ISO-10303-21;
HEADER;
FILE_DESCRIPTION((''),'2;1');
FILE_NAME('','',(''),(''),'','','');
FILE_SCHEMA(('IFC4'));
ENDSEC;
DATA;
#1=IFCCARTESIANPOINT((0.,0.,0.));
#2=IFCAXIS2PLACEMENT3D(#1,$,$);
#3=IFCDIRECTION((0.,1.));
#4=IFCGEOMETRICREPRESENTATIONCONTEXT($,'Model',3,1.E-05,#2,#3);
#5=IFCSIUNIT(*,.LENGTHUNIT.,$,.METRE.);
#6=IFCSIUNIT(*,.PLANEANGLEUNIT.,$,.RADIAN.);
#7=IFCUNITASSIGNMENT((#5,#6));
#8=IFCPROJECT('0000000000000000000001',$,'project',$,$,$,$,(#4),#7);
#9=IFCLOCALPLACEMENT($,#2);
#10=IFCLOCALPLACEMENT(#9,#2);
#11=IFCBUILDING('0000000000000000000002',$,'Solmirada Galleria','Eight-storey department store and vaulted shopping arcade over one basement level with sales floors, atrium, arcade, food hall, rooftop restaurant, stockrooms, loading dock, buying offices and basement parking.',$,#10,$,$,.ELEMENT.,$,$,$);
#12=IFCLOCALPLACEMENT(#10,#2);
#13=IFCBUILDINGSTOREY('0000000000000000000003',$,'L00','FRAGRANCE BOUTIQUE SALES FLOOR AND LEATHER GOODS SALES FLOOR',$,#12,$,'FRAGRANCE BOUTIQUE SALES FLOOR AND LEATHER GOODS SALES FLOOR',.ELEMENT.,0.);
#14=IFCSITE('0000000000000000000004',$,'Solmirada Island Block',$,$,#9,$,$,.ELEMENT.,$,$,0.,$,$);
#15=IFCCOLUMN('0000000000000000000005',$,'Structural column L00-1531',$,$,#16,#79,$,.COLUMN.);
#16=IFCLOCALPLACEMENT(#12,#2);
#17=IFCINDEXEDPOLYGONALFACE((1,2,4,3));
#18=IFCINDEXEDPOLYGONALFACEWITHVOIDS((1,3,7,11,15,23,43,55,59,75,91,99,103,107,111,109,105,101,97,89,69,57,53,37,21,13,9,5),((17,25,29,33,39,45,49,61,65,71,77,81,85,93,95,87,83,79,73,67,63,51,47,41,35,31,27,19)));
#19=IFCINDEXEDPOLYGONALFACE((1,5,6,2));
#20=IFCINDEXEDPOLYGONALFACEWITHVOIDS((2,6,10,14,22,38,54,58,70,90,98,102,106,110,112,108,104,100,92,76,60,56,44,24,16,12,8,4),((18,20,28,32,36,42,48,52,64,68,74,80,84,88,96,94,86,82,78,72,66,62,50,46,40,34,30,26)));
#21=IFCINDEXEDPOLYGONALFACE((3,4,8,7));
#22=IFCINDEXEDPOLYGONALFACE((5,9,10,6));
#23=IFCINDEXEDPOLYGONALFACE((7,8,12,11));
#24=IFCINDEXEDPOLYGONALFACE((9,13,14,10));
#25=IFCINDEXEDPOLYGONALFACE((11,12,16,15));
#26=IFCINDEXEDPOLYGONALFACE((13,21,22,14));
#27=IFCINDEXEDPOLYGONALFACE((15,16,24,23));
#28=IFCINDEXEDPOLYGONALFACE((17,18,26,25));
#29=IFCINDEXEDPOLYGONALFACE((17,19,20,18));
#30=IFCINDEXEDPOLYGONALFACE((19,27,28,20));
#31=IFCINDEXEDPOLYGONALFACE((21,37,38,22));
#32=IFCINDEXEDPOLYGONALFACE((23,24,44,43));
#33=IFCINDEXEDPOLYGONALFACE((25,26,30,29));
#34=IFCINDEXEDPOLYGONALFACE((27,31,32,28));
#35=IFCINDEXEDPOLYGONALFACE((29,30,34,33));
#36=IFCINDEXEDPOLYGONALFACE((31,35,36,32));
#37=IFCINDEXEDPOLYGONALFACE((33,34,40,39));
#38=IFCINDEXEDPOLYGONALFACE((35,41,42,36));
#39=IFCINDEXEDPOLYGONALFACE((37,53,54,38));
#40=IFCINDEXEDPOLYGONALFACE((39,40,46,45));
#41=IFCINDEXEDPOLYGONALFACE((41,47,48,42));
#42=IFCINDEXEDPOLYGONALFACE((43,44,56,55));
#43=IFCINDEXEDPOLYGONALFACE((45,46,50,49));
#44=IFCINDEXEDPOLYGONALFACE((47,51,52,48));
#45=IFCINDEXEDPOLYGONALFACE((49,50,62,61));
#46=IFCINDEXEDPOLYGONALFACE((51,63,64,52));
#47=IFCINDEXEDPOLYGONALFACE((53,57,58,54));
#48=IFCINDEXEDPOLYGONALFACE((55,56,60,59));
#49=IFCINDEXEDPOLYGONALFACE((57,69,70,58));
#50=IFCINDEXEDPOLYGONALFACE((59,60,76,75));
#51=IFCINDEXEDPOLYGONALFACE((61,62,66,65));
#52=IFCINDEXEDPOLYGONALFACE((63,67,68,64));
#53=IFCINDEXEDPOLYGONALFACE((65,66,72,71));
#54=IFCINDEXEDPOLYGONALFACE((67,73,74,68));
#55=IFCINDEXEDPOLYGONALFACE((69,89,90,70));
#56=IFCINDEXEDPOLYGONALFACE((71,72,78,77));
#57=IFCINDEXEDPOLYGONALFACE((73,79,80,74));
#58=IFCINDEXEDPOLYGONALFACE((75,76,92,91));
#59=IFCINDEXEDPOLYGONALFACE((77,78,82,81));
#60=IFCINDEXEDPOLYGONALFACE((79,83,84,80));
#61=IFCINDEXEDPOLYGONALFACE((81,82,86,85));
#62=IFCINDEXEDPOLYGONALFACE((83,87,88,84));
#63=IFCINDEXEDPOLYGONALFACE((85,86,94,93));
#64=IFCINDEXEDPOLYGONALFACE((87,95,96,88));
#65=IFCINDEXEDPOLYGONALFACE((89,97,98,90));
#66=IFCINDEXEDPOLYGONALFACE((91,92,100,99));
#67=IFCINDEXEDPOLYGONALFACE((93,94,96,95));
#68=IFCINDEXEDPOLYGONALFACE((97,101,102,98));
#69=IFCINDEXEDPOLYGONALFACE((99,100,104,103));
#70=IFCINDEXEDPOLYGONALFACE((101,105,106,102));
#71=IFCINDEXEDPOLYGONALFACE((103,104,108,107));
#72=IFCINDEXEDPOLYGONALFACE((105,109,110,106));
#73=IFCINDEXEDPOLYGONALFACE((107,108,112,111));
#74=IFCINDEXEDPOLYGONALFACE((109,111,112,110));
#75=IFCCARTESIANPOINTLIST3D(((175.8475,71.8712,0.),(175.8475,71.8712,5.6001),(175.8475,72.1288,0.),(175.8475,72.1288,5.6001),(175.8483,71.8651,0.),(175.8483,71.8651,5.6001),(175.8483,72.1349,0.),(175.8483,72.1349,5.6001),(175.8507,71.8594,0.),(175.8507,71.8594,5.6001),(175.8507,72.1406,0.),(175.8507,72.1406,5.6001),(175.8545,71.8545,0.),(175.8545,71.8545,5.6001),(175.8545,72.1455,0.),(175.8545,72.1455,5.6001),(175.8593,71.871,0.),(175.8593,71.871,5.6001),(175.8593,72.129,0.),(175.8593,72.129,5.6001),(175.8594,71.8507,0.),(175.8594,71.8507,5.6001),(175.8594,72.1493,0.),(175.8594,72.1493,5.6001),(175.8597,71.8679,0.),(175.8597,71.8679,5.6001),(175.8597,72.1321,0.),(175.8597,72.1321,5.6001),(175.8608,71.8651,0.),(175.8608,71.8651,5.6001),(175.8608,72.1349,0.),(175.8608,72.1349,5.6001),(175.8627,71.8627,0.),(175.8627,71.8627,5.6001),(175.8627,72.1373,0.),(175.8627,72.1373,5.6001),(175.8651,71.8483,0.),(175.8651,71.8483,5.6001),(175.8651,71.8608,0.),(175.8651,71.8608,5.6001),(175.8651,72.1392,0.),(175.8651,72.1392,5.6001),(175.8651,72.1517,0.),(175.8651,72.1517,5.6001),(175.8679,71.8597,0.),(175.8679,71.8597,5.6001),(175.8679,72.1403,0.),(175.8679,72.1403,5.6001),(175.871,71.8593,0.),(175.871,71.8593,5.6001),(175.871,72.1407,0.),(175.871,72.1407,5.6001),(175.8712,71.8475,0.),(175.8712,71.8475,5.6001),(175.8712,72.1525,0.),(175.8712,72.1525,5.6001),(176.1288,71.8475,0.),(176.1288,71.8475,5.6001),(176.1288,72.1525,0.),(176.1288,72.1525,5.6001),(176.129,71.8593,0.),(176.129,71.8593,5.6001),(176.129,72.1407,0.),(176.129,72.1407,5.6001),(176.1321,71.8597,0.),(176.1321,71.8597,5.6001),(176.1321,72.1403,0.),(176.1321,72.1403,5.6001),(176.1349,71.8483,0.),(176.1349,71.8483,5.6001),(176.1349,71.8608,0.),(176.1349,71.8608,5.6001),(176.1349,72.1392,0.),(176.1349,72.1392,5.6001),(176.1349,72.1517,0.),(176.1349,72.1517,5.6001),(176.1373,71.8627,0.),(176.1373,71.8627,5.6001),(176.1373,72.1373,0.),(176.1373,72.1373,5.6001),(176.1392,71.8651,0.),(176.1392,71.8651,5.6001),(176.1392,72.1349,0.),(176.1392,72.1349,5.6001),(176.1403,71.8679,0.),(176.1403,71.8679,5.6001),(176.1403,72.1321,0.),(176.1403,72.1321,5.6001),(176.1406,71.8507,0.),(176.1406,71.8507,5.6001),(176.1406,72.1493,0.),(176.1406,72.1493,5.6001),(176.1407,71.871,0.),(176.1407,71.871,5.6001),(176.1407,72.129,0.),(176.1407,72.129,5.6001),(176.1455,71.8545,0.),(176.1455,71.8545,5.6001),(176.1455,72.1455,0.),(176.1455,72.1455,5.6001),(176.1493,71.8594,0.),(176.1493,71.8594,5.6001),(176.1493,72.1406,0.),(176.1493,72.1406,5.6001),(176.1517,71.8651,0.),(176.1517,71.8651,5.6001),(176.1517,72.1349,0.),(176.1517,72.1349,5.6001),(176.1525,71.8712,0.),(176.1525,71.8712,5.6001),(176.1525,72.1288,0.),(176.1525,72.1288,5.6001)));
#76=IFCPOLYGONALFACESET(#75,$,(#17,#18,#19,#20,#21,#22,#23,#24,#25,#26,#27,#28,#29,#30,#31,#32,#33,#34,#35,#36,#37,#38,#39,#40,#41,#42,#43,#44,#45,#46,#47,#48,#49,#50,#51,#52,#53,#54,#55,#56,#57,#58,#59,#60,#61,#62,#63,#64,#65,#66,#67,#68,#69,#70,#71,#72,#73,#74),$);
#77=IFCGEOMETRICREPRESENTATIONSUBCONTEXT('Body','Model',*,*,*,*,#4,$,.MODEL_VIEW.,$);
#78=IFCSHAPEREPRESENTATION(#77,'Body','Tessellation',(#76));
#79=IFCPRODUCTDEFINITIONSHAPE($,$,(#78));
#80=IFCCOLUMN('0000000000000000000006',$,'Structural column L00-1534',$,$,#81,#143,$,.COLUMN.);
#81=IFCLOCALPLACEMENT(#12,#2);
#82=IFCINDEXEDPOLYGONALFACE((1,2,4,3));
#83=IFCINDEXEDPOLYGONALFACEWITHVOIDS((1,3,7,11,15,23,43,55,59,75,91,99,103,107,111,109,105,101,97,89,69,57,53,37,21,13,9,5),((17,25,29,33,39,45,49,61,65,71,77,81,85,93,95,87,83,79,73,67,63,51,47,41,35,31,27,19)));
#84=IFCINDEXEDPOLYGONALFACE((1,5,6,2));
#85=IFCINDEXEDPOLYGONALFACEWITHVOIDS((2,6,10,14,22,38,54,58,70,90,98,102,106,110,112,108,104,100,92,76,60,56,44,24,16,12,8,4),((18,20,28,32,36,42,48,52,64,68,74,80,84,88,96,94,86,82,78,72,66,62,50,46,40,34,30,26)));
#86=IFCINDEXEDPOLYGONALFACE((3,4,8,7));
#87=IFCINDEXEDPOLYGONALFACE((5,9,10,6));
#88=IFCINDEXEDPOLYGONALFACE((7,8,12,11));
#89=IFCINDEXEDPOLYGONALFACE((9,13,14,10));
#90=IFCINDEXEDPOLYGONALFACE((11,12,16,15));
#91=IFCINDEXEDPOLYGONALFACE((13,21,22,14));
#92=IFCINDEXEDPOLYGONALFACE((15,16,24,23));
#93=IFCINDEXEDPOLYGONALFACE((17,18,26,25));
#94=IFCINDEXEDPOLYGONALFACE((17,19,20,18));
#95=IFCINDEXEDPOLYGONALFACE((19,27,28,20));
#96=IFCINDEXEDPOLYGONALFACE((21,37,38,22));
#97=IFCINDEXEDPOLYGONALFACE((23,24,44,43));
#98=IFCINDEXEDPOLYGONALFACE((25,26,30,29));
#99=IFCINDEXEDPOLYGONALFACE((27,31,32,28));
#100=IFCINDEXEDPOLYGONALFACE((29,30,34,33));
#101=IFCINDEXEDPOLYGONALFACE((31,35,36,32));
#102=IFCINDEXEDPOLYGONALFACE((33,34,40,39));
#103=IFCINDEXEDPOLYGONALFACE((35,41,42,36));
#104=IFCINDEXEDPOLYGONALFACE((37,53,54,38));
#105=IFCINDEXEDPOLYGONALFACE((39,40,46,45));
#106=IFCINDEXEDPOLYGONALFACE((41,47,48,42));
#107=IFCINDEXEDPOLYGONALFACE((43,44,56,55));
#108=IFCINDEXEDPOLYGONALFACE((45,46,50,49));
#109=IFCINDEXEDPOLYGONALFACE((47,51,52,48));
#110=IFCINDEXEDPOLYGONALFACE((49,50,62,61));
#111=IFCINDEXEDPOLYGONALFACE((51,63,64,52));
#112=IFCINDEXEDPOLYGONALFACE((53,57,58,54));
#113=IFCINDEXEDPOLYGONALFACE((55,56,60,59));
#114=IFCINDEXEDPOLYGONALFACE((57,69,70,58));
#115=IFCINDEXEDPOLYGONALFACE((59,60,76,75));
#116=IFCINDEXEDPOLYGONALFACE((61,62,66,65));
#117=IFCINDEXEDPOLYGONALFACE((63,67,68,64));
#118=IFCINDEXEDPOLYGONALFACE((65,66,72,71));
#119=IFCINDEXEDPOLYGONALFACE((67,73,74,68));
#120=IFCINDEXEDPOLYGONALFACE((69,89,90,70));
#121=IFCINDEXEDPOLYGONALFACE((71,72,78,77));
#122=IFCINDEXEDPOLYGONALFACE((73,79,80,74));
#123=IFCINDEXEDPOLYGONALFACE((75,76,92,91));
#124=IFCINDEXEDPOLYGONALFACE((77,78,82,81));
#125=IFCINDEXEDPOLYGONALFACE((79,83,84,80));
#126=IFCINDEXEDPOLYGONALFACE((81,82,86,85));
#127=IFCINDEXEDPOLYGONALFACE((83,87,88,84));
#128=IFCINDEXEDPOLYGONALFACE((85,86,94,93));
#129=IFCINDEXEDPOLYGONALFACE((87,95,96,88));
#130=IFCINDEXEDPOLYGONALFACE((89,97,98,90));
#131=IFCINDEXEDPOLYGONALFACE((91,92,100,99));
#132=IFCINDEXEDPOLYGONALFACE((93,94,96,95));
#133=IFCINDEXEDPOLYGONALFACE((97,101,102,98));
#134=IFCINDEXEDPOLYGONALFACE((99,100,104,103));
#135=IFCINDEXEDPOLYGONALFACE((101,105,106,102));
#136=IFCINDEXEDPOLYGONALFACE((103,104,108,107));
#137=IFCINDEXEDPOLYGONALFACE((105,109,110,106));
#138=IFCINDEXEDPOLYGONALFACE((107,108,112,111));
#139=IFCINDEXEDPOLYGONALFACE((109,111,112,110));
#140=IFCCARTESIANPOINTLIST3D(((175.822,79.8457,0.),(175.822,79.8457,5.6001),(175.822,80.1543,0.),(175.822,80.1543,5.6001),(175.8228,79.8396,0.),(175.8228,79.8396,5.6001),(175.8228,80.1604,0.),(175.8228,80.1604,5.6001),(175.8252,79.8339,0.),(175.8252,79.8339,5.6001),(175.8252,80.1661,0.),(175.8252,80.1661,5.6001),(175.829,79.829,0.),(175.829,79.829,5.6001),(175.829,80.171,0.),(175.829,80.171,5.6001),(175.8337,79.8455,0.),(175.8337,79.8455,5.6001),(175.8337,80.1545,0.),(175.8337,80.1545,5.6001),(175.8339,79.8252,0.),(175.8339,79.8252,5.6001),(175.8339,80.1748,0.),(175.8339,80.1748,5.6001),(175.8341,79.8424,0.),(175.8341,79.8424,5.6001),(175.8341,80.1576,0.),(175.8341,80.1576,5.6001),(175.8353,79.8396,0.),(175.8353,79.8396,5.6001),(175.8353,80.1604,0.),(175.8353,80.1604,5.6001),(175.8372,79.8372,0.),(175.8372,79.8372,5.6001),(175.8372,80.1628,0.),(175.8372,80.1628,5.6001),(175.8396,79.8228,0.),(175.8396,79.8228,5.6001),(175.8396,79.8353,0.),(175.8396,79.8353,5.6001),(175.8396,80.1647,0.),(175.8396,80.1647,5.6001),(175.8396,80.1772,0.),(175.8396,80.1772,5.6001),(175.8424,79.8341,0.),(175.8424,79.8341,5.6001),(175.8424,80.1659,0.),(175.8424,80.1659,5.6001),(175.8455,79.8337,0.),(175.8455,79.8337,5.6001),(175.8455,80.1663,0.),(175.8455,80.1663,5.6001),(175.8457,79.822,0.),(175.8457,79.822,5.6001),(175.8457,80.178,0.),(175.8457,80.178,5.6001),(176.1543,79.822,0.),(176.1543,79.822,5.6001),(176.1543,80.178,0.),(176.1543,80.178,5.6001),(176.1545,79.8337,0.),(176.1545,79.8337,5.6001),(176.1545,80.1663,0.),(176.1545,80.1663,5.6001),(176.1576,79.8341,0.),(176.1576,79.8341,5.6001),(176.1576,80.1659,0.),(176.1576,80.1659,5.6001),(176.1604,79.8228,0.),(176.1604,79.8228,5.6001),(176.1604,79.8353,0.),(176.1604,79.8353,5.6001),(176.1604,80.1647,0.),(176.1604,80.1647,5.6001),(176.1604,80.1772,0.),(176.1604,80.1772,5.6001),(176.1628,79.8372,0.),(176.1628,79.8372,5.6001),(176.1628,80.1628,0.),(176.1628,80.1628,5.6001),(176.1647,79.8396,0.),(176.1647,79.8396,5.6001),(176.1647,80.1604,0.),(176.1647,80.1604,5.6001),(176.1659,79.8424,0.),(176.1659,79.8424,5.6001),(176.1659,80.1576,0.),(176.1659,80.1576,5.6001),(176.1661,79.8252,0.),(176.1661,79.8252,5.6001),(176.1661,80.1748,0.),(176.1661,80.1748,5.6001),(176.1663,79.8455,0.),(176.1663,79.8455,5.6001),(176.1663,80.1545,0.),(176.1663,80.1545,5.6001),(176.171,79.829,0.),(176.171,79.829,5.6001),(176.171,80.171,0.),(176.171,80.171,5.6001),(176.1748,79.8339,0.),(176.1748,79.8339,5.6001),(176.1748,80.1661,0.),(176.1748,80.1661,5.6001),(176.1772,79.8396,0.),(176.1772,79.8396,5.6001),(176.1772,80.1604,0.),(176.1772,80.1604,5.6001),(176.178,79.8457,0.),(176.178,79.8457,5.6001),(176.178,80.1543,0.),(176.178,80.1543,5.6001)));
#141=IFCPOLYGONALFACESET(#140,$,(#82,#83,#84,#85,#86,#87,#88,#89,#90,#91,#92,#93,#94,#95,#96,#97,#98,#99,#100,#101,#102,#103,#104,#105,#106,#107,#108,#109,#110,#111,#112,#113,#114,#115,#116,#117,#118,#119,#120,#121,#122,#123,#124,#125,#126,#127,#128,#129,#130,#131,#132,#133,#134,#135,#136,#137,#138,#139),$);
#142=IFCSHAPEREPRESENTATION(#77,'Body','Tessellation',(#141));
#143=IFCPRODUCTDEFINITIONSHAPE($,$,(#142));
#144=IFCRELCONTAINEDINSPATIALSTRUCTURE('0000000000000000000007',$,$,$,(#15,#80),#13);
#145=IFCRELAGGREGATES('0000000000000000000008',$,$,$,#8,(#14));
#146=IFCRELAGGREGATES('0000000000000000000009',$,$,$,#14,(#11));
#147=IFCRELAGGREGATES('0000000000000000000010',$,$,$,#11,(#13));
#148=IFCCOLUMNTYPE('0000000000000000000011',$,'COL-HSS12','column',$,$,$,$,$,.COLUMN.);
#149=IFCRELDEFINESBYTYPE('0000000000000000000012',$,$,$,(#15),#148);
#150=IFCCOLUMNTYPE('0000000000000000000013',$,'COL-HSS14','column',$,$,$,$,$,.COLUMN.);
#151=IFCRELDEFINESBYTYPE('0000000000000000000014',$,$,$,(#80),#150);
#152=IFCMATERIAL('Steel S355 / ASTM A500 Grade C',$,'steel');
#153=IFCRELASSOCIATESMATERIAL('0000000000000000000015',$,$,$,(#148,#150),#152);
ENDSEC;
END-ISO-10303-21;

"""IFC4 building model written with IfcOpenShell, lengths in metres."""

from ifc_helpers import new_model, si_unit, direction, frame, origin, origin_2d, place, context, subcontext, project, spatial, hollow_rectangle, extrude, material, material_profile, profile_set, type_object, element, save


model = new_model("IFC4")

# Units and contexts
model_context = context("Model", 3, precision=1e-05, world=origin(), true_north=direction((0.0, 1.0)))
body_context = subcontext(model_context, "Body", "Model", "MODEL_VIEW")
ifc_project = project(units=[si_unit("LENGTHUNIT", "METRE"), si_unit("PLANEANGLEUNIT", "RADIAN")], contexts=[model_context])

# Site, building, storey
site_placement = place(None, origin())
site = spatial("IfcSite", under=ifc_project, at=site_placement, Name="Solmirada Island Block", CompositionType="ELEMENT", RefElevation=0.0)
building_placement = place(site_placement, origin())
building = spatial("IfcBuilding", under=site, at=building_placement, Name="Solmirada Galleria", Description="Eight-storey department store and vaulted shopping arcade over one basement level with sales floors, atrium, arcade, food hall, rooftop restaurant, stockrooms, loading dock, buying offices and basement parking.", CompositionType="ELEMENT")
storey_placement = place(building_placement, origin())
storey = spatial("IfcBuildingStorey", under=building, at=storey_placement, Name="L00", Description="FRAGRANCE BOUTIQUE SALES FLOOR AND LEATHER GOODS SALES FLOOR", LongName="FRAGRANCE BOUTIQUE SALES FLOOR AND LEATHER GOODS SALES FLOOR", CompositionType="ELEMENT", Elevation=0.0)

# Columns
ifc_material_1 = material(Name="Steel S355 / ASTM A500 Grade C", Category="steel")
ifc_material_profile_1 = material_profile(ifc_material_1, hollow_rectangle(XDim=0.3049, YDim=0.3049, WallThickness=0.0117, InnerFilletRadius=0.0117, OuterFilletRadius=0.0237, at=origin_2d()), Name="HSS12X12X1/2")
ifc_profile_set_1 = profile_set([ifc_material_profile_1], Name="Steel S355 / ASTM A500 Grade C")
column_type_1 = type_object("IfcColumnType", Name="COL-HSS12", Description="column", PredefinedType="COLUMN", material=ifc_profile_set_1)
column_1_placement = place(storey_placement, frame((176.0, 72.0, 0.0), z_axis=(0.0, 0.0, 1.0), x_axis=(1.0, 0.0, 0.0)))
element("IfcColumn", 1, at=column_1_placement, inside=storey, type_object=column_type_1, Name="Structural column L00-1531", PredefinedType="COLUMN", context=body_context, shape_type="SweptSolid", body=[
    extrude(hollow_rectangle(XDim=0.3049, YDim=0.3049, WallThickness=0.0117, InnerFilletRadius=0.0117, OuterFilletRadius=0.0237, at=origin_2d()), origin(), (0.0, 0.0, 1.0), 5.6001),
])
ifc_material_profile_2 = material_profile(ifc_material_1, hollow_rectangle(XDim=0.356, YDim=0.356, WallThickness=0.0117, InnerFilletRadius=0.0117, OuterFilletRadius=0.0237, at=origin_2d()), Name="HSS14X14X1/2")
ifc_profile_set_2 = profile_set([ifc_material_profile_2], Name="Steel S355 / ASTM A500 Grade C")
column_type_2 = type_object("IfcColumnType", Name="COL-HSS14", Description="column", PredefinedType="COLUMN", material=ifc_profile_set_2)
column_2_placement = place(storey_placement, frame((176.0, 80.0, 0.0), z_axis=(0.0, 0.0, 1.0), x_axis=(1.0, 0.0, 0.0)))
element("IfcColumn", 2, at=column_2_placement, inside=storey, type_object=column_type_2, Name="Structural column L00-1534", PredefinedType="COLUMN", context=body_context, shape_type="SweptSolid", body=[
    extrude(hollow_rectangle(XDim=0.356, YDim=0.356, WallThickness=0.0117, InnerFilletRadius=0.0117, OuterFilletRadius=0.0237, at=origin_2d()), origin(), (0.0, 0.0, 1.0), 5.6001),
])

save(model, "model.ifc")
